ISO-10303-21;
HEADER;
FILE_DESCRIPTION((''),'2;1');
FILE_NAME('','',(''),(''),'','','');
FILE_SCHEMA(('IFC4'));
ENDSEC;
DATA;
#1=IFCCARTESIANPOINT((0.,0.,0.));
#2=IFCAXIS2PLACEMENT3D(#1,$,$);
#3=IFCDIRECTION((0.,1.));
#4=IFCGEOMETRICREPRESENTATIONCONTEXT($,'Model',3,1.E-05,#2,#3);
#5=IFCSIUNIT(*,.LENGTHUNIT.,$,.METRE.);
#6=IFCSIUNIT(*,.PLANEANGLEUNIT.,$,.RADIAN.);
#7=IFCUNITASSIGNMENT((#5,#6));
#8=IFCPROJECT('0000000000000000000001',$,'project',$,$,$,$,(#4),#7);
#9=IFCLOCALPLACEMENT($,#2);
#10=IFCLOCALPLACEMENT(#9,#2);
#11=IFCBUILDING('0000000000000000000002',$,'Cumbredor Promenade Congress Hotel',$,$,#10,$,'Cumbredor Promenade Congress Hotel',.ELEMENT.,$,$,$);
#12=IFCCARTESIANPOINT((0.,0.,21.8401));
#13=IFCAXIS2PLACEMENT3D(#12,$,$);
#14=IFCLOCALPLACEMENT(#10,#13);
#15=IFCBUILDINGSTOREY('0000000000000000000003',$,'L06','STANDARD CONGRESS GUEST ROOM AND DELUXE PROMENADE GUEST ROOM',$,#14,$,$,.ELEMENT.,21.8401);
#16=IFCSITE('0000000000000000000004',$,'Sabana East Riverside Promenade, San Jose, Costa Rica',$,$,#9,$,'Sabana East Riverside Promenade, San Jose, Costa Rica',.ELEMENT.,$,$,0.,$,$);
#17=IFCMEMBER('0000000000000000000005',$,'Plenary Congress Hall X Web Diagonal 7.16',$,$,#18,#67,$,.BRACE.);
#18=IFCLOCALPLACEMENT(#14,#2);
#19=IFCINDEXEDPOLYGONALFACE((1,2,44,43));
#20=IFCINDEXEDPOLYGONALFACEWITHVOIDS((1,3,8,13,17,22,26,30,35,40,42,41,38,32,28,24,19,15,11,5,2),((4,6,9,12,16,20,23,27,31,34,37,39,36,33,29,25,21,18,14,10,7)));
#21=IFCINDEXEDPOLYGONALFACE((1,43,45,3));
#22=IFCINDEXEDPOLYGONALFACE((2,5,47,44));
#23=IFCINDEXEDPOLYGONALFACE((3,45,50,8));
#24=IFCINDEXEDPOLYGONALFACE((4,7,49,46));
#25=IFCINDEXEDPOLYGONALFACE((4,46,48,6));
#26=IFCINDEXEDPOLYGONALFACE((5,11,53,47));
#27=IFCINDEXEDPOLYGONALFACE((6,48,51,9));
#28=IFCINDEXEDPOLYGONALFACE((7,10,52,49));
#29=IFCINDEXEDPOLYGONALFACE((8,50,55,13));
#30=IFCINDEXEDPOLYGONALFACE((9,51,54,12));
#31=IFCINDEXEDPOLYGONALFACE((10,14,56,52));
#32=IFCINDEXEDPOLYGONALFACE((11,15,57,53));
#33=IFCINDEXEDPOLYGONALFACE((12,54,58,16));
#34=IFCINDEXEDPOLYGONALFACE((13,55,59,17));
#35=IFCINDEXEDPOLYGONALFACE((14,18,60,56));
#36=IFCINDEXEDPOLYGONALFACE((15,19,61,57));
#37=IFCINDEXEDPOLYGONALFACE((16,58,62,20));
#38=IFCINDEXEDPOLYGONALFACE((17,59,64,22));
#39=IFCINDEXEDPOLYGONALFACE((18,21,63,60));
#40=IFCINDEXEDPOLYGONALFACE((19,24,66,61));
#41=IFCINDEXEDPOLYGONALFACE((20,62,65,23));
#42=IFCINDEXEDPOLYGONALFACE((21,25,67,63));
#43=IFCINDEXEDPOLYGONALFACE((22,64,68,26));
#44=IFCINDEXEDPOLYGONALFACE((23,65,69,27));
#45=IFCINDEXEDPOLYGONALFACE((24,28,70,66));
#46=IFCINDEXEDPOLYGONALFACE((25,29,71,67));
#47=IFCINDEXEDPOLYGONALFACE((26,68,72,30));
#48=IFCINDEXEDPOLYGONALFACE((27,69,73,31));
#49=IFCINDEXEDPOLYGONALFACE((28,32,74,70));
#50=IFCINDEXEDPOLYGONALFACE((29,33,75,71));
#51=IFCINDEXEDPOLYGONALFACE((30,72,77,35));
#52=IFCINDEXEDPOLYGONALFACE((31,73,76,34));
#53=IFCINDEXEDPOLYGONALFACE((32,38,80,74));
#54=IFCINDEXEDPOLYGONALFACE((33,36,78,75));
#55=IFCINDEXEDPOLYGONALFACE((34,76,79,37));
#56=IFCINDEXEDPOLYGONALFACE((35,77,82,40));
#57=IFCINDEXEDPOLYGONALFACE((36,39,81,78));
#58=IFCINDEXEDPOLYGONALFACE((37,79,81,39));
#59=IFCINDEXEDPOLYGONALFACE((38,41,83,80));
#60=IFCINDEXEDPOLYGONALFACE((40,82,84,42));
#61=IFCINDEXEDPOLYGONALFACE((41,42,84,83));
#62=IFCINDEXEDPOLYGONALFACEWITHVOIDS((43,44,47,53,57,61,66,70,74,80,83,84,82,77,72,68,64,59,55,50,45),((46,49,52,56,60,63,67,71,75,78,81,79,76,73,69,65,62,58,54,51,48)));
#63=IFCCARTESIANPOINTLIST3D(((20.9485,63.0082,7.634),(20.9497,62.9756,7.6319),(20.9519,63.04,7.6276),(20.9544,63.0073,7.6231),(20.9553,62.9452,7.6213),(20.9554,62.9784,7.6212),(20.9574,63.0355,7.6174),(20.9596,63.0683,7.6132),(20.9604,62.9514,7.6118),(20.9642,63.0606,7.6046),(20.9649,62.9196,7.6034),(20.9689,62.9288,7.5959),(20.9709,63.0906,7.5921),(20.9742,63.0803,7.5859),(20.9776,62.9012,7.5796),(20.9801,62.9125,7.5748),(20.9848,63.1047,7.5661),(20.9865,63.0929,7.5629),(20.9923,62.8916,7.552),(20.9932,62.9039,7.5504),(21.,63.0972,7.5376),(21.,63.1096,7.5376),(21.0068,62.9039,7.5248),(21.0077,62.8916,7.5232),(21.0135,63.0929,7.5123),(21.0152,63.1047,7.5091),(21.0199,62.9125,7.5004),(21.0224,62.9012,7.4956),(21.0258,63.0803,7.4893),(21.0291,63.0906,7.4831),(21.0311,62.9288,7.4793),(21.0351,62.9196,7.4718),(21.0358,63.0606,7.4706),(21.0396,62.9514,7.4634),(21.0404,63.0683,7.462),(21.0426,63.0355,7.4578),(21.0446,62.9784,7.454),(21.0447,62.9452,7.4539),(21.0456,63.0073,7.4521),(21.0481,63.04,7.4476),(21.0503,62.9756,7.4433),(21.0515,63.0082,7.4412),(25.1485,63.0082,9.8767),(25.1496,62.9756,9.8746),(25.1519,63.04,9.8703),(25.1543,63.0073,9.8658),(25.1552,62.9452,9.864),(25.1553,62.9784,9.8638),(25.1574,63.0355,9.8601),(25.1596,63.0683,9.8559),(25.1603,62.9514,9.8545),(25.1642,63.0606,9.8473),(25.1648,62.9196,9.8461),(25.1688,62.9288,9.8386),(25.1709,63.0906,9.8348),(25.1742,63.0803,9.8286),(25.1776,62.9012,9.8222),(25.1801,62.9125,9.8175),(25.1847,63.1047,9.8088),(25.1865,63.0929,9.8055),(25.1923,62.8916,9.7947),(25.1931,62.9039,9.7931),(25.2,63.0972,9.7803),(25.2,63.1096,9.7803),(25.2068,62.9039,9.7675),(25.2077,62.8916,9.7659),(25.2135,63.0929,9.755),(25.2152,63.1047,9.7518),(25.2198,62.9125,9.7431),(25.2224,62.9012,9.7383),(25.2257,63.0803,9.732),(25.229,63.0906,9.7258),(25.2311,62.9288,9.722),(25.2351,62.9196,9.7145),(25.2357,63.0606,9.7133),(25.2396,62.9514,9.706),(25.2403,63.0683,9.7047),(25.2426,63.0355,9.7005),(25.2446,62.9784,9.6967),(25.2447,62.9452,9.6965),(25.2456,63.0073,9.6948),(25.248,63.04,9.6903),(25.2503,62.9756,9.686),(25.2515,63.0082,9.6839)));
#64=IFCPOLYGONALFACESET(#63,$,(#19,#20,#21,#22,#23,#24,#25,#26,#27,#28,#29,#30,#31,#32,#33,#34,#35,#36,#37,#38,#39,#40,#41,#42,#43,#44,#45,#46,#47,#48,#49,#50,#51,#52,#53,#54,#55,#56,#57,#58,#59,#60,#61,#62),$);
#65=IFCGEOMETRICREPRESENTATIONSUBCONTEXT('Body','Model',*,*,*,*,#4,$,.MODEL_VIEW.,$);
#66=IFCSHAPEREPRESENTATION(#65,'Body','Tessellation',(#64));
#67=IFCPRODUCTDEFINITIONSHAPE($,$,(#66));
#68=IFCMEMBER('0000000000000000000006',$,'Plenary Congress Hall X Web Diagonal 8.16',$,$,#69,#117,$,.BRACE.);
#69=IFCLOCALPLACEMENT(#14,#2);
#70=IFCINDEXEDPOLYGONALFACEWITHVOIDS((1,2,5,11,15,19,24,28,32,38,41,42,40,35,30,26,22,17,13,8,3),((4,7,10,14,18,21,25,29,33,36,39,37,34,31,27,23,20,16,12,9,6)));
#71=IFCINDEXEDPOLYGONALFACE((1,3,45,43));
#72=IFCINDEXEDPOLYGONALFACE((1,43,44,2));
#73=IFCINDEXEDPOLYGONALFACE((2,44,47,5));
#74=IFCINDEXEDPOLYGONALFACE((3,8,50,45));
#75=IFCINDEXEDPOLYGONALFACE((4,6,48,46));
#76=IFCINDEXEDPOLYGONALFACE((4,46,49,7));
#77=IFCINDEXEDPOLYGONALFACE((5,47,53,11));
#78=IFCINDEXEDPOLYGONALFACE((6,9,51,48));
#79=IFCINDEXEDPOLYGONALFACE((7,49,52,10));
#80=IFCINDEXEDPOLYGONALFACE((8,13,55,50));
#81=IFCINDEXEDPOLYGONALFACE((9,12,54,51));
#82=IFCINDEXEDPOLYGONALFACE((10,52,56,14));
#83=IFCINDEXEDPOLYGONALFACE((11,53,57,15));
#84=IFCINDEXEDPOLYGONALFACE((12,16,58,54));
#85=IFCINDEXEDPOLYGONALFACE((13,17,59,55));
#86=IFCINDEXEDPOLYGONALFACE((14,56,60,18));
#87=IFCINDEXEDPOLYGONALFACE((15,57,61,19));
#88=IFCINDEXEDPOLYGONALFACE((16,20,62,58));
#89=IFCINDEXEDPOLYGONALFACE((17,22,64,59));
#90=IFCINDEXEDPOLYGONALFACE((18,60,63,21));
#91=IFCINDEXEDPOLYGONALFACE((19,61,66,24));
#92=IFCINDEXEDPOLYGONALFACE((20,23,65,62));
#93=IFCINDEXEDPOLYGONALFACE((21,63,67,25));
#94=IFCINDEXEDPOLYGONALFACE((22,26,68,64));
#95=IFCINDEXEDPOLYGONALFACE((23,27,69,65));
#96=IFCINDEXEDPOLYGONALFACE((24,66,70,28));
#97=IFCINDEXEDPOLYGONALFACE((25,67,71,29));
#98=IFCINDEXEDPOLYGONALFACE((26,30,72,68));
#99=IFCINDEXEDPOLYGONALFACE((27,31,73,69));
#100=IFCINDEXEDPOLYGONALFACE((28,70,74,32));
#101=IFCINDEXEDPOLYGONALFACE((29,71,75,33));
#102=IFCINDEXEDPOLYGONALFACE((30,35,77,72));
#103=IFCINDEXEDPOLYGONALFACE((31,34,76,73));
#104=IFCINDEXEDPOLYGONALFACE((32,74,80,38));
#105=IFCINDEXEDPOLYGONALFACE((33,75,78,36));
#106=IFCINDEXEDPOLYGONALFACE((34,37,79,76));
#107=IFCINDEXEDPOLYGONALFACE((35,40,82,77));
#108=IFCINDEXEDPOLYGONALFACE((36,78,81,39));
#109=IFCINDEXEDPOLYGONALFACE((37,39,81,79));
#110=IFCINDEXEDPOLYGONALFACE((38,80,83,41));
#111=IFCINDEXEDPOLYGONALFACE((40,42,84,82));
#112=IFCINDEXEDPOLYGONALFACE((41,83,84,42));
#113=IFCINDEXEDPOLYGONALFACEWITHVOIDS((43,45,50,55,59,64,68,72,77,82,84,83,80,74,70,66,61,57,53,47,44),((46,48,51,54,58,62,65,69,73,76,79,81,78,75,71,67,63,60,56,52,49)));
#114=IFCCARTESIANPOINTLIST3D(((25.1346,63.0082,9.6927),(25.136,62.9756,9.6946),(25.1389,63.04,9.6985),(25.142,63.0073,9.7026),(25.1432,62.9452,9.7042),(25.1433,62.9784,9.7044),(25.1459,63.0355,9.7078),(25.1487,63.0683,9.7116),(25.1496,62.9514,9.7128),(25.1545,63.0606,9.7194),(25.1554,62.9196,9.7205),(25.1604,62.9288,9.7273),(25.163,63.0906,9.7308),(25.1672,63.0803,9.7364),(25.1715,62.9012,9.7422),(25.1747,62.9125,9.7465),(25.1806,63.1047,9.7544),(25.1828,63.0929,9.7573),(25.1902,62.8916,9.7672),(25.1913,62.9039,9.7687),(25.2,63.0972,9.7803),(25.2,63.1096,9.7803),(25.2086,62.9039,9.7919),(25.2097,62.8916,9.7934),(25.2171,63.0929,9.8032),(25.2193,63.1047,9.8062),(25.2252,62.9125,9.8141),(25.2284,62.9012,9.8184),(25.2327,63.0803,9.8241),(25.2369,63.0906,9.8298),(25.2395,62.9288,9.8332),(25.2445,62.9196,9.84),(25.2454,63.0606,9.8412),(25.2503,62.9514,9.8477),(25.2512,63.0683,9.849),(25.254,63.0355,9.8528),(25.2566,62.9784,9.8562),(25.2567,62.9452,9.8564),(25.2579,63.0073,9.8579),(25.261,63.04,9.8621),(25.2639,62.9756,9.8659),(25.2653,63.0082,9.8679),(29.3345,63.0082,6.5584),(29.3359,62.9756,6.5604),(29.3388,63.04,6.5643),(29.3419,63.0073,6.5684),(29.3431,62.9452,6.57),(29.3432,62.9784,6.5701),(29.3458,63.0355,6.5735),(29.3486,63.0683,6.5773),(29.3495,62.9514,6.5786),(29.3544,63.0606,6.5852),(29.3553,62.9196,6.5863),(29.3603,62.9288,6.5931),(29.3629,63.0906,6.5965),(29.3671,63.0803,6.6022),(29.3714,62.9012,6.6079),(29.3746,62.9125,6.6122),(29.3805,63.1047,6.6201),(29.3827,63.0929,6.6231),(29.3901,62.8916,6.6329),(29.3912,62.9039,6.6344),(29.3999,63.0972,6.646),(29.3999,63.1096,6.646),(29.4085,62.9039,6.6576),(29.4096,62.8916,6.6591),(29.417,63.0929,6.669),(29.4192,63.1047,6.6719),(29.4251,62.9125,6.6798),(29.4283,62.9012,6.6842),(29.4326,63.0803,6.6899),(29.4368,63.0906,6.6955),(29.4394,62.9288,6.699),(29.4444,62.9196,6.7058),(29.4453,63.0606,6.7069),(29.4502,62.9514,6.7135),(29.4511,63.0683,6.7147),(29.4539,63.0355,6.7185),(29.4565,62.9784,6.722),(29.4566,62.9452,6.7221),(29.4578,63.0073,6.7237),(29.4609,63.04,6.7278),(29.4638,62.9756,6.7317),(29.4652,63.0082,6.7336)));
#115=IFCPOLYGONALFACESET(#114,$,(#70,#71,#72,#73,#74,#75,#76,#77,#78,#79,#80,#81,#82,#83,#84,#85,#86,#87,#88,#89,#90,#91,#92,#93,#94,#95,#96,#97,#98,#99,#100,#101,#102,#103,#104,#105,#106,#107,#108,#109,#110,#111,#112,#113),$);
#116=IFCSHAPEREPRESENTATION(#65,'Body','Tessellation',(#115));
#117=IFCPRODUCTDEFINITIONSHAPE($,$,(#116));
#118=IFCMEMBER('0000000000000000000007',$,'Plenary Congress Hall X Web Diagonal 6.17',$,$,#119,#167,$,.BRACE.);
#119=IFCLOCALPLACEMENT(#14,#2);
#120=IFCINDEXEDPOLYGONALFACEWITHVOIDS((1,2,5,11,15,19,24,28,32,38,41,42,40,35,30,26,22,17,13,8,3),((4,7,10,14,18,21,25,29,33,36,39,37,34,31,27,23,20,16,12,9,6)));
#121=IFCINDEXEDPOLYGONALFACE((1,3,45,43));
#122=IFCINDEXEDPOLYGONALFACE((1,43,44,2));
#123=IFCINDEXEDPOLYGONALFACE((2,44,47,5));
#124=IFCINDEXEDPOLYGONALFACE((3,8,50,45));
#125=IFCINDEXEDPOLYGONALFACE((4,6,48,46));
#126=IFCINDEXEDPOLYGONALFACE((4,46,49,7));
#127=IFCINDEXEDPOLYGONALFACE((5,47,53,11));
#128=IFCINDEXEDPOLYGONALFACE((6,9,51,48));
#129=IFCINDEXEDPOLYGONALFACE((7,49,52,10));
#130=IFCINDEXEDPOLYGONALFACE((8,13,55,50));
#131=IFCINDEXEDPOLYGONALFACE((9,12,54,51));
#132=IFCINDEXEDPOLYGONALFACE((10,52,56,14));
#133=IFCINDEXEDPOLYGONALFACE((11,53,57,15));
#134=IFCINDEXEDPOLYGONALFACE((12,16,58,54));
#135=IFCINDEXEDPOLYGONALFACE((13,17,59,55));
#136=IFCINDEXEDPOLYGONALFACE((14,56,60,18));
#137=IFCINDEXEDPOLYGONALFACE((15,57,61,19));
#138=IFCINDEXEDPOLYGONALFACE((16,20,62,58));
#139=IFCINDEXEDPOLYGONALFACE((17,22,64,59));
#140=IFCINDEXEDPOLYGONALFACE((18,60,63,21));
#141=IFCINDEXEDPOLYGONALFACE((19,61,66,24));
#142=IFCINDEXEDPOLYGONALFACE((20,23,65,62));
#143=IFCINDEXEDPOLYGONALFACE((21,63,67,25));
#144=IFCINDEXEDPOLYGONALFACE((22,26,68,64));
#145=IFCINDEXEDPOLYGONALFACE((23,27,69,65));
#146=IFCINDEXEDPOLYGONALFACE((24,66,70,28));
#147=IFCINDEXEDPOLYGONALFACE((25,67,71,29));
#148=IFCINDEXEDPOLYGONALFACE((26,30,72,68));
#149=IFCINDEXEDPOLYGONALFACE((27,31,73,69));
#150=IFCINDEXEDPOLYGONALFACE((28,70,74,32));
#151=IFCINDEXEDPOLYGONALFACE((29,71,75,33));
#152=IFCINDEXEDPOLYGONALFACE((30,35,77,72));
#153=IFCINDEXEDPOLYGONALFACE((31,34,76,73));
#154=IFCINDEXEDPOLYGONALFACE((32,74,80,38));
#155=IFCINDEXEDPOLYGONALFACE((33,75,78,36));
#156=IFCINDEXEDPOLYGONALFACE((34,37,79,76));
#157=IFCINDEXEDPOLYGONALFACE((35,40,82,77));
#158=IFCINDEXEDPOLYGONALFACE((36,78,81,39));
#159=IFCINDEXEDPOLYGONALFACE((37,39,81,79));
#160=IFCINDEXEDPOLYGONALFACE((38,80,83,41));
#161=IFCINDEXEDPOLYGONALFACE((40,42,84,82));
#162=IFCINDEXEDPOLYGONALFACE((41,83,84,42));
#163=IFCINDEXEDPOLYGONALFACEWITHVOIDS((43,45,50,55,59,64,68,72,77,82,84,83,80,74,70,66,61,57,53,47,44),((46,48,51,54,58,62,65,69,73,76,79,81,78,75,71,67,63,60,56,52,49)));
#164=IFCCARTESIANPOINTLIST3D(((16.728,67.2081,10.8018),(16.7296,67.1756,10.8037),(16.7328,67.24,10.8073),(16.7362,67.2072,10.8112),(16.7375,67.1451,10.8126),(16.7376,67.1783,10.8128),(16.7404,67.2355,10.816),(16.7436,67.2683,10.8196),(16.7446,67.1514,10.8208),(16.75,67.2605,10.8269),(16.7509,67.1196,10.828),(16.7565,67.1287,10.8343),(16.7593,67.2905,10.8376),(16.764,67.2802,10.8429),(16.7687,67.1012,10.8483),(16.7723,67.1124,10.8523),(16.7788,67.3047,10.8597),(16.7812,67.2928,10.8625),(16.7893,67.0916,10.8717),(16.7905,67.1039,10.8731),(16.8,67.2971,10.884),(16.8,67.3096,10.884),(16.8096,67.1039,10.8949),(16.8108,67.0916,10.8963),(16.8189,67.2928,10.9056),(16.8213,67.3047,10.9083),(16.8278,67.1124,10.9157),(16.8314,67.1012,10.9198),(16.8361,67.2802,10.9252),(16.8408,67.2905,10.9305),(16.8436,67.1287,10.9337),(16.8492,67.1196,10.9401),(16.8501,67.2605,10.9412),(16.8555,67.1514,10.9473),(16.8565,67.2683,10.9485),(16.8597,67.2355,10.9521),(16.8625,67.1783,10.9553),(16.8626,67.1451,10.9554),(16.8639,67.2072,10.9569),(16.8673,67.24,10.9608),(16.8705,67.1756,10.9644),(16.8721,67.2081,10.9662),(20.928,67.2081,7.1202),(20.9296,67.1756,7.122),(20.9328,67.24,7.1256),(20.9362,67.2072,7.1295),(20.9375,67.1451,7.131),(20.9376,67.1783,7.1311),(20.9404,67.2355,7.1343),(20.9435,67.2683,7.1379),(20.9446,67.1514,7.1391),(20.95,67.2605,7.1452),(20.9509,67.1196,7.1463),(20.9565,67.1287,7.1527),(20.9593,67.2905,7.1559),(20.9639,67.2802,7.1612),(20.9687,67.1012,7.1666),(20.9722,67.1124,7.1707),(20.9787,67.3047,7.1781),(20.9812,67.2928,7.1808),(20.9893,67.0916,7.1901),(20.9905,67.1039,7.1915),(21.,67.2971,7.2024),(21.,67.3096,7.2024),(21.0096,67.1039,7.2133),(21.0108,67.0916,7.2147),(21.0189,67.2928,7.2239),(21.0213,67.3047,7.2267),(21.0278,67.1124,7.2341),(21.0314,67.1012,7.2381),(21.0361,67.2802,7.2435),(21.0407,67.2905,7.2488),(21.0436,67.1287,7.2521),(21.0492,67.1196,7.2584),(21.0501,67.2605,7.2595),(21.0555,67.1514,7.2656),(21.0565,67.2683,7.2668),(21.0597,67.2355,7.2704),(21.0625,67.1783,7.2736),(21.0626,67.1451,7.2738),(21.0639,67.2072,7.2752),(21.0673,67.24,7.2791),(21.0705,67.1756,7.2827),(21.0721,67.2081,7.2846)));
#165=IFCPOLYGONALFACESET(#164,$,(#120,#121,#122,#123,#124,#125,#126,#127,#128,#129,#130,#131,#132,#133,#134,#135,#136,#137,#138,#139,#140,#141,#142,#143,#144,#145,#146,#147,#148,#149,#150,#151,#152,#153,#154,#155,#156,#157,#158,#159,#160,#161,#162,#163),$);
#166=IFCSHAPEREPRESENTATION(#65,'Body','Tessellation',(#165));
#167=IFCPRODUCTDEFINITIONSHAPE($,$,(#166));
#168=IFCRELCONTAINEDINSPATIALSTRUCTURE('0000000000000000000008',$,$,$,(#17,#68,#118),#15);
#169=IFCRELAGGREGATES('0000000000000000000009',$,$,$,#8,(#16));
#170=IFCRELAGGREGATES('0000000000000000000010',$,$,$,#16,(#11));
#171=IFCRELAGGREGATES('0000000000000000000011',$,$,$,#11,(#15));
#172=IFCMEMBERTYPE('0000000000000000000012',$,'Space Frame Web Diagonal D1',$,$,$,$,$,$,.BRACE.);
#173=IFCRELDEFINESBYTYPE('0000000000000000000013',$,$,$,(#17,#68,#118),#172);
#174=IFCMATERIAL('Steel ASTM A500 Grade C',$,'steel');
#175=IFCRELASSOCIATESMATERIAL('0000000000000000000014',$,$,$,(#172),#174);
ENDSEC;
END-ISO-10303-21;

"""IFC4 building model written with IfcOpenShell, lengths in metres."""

from ifc_helpers import new_model, si_unit, direction, frame, origin, origin_2d, place, context, subcontext, project, spatial, hollow_circle, extrude, material, material_profile, profile_set, type_object, element, save


model = new_model("IFC4")

# Units and contexts
model_context = context("Model", 3, precision=1e-05, world=origin(), true_north=direction((0.0, 1.0)))
body_context = subcontext(model_context, "Body", "Model", "MODEL_VIEW")
ifc_project = project(units=[si_unit("LENGTHUNIT", "METRE"), si_unit("PLANEANGLEUNIT", "RADIAN")], contexts=[model_context])

# Site, building, storey
site_placement = place(None, origin())
site = spatial("IfcSite", under=ifc_project, at=site_placement, Name="Sabana East Riverside Promenade, San Jose, Costa Rica", LongName="Sabana East Riverside Promenade, San Jose, Costa Rica", CompositionType="ELEMENT", RefElevation=0.0)
building_placement = place(site_placement, origin())
building = spatial("IfcBuilding", under=site, at=building_placement, Name="Cumbredor Promenade Congress Hotel", LongName="Cumbredor Promenade Congress Hotel", CompositionType="ELEMENT")
storey_placement = place(building_placement, frame((0.0, 0.0, 21.8401)))
storey = spatial("IfcBuildingStorey", under=building, at=storey_placement, Name="L06", Description="STANDARD CONGRESS GUEST ROOM AND DELUXE PROMENADE GUEST ROOM", CompositionType="ELEMENT", Elevation=21.8401)

# Members
ifc_material_1 = material(Name="Steel ASTM A500 Grade C", Category="steel")
ifc_material_profile_1 = material_profile(ifc_material_1, hollow_circle(Radius=0.1096, WallThickness=0.0125, at=origin_2d()), Name="CHS 219.1x12.5")
ifc_profile_set_1 = profile_set([ifc_material_profile_1], Name="Steel ASTM A500 Grade C")
member_type_1 = type_object("IfcMemberType", Name="Space Frame Web Diagonal D1", PredefinedType="BRACE", material=ifc_profile_set_1)
member_1_placement = place(storey_placement, frame((21.0, 63.0, 7.5376), z_axis=(0.882117, 0.0, 0.47103), x_axis=(0.0, 1.0, 0.0)))
element("IfcMember", 1, at=member_1_placement, inside=storey, type_object=member_type_1, Name="Plenary Congress Hall X Web Diagonal 7.16", PredefinedType="BRACE", context=body_context, shape_type="SweptSolid", body=[
    extrude(hollow_circle(Radius=0.1096, WallThickness=0.0125, at=origin_2d()), origin(), (0.0, 0.0, 1.0), 4.7612),
])
member_2_placement = place(storey_placement, frame((25.2, 63.0, 9.7803), z_axis=(0.801434, 0.0, -0.598083), x_axis=(0.0, 1.0, 0.0)))
element("IfcMember", 2, at=member_2_placement, inside=storey, type_object=member_type_1, Name="Plenary Congress Hall X Web Diagonal 8.16", PredefinedType="BRACE", context=body_context, shape_type="SweptSolid", body=[
    extrude(hollow_circle(Radius=0.1096, WallThickness=0.0125, at=origin_2d()), origin(), (0.0, 0.0, 1.0), 5.2405),
])
member_3_placement = place(storey_placement, frame((16.8, 67.2, 10.884), z_axis=(0.751983, 0.0, -0.659182), x_axis=(0.0, 1.0, 0.0)))
element("IfcMember", 3, at=member_3_placement, inside=storey, type_object=member_type_1, Name="Plenary Congress Hall X Web Diagonal 6.17", PredefinedType="BRACE", context=body_context, shape_type="SweptSolid", body=[
    extrude(hollow_circle(Radius=0.1096, WallThickness=0.0125, at=origin_2d()), origin(), (0.0, 0.0, 1.0), 5.5852),
])

save(model, "model.ifc")
